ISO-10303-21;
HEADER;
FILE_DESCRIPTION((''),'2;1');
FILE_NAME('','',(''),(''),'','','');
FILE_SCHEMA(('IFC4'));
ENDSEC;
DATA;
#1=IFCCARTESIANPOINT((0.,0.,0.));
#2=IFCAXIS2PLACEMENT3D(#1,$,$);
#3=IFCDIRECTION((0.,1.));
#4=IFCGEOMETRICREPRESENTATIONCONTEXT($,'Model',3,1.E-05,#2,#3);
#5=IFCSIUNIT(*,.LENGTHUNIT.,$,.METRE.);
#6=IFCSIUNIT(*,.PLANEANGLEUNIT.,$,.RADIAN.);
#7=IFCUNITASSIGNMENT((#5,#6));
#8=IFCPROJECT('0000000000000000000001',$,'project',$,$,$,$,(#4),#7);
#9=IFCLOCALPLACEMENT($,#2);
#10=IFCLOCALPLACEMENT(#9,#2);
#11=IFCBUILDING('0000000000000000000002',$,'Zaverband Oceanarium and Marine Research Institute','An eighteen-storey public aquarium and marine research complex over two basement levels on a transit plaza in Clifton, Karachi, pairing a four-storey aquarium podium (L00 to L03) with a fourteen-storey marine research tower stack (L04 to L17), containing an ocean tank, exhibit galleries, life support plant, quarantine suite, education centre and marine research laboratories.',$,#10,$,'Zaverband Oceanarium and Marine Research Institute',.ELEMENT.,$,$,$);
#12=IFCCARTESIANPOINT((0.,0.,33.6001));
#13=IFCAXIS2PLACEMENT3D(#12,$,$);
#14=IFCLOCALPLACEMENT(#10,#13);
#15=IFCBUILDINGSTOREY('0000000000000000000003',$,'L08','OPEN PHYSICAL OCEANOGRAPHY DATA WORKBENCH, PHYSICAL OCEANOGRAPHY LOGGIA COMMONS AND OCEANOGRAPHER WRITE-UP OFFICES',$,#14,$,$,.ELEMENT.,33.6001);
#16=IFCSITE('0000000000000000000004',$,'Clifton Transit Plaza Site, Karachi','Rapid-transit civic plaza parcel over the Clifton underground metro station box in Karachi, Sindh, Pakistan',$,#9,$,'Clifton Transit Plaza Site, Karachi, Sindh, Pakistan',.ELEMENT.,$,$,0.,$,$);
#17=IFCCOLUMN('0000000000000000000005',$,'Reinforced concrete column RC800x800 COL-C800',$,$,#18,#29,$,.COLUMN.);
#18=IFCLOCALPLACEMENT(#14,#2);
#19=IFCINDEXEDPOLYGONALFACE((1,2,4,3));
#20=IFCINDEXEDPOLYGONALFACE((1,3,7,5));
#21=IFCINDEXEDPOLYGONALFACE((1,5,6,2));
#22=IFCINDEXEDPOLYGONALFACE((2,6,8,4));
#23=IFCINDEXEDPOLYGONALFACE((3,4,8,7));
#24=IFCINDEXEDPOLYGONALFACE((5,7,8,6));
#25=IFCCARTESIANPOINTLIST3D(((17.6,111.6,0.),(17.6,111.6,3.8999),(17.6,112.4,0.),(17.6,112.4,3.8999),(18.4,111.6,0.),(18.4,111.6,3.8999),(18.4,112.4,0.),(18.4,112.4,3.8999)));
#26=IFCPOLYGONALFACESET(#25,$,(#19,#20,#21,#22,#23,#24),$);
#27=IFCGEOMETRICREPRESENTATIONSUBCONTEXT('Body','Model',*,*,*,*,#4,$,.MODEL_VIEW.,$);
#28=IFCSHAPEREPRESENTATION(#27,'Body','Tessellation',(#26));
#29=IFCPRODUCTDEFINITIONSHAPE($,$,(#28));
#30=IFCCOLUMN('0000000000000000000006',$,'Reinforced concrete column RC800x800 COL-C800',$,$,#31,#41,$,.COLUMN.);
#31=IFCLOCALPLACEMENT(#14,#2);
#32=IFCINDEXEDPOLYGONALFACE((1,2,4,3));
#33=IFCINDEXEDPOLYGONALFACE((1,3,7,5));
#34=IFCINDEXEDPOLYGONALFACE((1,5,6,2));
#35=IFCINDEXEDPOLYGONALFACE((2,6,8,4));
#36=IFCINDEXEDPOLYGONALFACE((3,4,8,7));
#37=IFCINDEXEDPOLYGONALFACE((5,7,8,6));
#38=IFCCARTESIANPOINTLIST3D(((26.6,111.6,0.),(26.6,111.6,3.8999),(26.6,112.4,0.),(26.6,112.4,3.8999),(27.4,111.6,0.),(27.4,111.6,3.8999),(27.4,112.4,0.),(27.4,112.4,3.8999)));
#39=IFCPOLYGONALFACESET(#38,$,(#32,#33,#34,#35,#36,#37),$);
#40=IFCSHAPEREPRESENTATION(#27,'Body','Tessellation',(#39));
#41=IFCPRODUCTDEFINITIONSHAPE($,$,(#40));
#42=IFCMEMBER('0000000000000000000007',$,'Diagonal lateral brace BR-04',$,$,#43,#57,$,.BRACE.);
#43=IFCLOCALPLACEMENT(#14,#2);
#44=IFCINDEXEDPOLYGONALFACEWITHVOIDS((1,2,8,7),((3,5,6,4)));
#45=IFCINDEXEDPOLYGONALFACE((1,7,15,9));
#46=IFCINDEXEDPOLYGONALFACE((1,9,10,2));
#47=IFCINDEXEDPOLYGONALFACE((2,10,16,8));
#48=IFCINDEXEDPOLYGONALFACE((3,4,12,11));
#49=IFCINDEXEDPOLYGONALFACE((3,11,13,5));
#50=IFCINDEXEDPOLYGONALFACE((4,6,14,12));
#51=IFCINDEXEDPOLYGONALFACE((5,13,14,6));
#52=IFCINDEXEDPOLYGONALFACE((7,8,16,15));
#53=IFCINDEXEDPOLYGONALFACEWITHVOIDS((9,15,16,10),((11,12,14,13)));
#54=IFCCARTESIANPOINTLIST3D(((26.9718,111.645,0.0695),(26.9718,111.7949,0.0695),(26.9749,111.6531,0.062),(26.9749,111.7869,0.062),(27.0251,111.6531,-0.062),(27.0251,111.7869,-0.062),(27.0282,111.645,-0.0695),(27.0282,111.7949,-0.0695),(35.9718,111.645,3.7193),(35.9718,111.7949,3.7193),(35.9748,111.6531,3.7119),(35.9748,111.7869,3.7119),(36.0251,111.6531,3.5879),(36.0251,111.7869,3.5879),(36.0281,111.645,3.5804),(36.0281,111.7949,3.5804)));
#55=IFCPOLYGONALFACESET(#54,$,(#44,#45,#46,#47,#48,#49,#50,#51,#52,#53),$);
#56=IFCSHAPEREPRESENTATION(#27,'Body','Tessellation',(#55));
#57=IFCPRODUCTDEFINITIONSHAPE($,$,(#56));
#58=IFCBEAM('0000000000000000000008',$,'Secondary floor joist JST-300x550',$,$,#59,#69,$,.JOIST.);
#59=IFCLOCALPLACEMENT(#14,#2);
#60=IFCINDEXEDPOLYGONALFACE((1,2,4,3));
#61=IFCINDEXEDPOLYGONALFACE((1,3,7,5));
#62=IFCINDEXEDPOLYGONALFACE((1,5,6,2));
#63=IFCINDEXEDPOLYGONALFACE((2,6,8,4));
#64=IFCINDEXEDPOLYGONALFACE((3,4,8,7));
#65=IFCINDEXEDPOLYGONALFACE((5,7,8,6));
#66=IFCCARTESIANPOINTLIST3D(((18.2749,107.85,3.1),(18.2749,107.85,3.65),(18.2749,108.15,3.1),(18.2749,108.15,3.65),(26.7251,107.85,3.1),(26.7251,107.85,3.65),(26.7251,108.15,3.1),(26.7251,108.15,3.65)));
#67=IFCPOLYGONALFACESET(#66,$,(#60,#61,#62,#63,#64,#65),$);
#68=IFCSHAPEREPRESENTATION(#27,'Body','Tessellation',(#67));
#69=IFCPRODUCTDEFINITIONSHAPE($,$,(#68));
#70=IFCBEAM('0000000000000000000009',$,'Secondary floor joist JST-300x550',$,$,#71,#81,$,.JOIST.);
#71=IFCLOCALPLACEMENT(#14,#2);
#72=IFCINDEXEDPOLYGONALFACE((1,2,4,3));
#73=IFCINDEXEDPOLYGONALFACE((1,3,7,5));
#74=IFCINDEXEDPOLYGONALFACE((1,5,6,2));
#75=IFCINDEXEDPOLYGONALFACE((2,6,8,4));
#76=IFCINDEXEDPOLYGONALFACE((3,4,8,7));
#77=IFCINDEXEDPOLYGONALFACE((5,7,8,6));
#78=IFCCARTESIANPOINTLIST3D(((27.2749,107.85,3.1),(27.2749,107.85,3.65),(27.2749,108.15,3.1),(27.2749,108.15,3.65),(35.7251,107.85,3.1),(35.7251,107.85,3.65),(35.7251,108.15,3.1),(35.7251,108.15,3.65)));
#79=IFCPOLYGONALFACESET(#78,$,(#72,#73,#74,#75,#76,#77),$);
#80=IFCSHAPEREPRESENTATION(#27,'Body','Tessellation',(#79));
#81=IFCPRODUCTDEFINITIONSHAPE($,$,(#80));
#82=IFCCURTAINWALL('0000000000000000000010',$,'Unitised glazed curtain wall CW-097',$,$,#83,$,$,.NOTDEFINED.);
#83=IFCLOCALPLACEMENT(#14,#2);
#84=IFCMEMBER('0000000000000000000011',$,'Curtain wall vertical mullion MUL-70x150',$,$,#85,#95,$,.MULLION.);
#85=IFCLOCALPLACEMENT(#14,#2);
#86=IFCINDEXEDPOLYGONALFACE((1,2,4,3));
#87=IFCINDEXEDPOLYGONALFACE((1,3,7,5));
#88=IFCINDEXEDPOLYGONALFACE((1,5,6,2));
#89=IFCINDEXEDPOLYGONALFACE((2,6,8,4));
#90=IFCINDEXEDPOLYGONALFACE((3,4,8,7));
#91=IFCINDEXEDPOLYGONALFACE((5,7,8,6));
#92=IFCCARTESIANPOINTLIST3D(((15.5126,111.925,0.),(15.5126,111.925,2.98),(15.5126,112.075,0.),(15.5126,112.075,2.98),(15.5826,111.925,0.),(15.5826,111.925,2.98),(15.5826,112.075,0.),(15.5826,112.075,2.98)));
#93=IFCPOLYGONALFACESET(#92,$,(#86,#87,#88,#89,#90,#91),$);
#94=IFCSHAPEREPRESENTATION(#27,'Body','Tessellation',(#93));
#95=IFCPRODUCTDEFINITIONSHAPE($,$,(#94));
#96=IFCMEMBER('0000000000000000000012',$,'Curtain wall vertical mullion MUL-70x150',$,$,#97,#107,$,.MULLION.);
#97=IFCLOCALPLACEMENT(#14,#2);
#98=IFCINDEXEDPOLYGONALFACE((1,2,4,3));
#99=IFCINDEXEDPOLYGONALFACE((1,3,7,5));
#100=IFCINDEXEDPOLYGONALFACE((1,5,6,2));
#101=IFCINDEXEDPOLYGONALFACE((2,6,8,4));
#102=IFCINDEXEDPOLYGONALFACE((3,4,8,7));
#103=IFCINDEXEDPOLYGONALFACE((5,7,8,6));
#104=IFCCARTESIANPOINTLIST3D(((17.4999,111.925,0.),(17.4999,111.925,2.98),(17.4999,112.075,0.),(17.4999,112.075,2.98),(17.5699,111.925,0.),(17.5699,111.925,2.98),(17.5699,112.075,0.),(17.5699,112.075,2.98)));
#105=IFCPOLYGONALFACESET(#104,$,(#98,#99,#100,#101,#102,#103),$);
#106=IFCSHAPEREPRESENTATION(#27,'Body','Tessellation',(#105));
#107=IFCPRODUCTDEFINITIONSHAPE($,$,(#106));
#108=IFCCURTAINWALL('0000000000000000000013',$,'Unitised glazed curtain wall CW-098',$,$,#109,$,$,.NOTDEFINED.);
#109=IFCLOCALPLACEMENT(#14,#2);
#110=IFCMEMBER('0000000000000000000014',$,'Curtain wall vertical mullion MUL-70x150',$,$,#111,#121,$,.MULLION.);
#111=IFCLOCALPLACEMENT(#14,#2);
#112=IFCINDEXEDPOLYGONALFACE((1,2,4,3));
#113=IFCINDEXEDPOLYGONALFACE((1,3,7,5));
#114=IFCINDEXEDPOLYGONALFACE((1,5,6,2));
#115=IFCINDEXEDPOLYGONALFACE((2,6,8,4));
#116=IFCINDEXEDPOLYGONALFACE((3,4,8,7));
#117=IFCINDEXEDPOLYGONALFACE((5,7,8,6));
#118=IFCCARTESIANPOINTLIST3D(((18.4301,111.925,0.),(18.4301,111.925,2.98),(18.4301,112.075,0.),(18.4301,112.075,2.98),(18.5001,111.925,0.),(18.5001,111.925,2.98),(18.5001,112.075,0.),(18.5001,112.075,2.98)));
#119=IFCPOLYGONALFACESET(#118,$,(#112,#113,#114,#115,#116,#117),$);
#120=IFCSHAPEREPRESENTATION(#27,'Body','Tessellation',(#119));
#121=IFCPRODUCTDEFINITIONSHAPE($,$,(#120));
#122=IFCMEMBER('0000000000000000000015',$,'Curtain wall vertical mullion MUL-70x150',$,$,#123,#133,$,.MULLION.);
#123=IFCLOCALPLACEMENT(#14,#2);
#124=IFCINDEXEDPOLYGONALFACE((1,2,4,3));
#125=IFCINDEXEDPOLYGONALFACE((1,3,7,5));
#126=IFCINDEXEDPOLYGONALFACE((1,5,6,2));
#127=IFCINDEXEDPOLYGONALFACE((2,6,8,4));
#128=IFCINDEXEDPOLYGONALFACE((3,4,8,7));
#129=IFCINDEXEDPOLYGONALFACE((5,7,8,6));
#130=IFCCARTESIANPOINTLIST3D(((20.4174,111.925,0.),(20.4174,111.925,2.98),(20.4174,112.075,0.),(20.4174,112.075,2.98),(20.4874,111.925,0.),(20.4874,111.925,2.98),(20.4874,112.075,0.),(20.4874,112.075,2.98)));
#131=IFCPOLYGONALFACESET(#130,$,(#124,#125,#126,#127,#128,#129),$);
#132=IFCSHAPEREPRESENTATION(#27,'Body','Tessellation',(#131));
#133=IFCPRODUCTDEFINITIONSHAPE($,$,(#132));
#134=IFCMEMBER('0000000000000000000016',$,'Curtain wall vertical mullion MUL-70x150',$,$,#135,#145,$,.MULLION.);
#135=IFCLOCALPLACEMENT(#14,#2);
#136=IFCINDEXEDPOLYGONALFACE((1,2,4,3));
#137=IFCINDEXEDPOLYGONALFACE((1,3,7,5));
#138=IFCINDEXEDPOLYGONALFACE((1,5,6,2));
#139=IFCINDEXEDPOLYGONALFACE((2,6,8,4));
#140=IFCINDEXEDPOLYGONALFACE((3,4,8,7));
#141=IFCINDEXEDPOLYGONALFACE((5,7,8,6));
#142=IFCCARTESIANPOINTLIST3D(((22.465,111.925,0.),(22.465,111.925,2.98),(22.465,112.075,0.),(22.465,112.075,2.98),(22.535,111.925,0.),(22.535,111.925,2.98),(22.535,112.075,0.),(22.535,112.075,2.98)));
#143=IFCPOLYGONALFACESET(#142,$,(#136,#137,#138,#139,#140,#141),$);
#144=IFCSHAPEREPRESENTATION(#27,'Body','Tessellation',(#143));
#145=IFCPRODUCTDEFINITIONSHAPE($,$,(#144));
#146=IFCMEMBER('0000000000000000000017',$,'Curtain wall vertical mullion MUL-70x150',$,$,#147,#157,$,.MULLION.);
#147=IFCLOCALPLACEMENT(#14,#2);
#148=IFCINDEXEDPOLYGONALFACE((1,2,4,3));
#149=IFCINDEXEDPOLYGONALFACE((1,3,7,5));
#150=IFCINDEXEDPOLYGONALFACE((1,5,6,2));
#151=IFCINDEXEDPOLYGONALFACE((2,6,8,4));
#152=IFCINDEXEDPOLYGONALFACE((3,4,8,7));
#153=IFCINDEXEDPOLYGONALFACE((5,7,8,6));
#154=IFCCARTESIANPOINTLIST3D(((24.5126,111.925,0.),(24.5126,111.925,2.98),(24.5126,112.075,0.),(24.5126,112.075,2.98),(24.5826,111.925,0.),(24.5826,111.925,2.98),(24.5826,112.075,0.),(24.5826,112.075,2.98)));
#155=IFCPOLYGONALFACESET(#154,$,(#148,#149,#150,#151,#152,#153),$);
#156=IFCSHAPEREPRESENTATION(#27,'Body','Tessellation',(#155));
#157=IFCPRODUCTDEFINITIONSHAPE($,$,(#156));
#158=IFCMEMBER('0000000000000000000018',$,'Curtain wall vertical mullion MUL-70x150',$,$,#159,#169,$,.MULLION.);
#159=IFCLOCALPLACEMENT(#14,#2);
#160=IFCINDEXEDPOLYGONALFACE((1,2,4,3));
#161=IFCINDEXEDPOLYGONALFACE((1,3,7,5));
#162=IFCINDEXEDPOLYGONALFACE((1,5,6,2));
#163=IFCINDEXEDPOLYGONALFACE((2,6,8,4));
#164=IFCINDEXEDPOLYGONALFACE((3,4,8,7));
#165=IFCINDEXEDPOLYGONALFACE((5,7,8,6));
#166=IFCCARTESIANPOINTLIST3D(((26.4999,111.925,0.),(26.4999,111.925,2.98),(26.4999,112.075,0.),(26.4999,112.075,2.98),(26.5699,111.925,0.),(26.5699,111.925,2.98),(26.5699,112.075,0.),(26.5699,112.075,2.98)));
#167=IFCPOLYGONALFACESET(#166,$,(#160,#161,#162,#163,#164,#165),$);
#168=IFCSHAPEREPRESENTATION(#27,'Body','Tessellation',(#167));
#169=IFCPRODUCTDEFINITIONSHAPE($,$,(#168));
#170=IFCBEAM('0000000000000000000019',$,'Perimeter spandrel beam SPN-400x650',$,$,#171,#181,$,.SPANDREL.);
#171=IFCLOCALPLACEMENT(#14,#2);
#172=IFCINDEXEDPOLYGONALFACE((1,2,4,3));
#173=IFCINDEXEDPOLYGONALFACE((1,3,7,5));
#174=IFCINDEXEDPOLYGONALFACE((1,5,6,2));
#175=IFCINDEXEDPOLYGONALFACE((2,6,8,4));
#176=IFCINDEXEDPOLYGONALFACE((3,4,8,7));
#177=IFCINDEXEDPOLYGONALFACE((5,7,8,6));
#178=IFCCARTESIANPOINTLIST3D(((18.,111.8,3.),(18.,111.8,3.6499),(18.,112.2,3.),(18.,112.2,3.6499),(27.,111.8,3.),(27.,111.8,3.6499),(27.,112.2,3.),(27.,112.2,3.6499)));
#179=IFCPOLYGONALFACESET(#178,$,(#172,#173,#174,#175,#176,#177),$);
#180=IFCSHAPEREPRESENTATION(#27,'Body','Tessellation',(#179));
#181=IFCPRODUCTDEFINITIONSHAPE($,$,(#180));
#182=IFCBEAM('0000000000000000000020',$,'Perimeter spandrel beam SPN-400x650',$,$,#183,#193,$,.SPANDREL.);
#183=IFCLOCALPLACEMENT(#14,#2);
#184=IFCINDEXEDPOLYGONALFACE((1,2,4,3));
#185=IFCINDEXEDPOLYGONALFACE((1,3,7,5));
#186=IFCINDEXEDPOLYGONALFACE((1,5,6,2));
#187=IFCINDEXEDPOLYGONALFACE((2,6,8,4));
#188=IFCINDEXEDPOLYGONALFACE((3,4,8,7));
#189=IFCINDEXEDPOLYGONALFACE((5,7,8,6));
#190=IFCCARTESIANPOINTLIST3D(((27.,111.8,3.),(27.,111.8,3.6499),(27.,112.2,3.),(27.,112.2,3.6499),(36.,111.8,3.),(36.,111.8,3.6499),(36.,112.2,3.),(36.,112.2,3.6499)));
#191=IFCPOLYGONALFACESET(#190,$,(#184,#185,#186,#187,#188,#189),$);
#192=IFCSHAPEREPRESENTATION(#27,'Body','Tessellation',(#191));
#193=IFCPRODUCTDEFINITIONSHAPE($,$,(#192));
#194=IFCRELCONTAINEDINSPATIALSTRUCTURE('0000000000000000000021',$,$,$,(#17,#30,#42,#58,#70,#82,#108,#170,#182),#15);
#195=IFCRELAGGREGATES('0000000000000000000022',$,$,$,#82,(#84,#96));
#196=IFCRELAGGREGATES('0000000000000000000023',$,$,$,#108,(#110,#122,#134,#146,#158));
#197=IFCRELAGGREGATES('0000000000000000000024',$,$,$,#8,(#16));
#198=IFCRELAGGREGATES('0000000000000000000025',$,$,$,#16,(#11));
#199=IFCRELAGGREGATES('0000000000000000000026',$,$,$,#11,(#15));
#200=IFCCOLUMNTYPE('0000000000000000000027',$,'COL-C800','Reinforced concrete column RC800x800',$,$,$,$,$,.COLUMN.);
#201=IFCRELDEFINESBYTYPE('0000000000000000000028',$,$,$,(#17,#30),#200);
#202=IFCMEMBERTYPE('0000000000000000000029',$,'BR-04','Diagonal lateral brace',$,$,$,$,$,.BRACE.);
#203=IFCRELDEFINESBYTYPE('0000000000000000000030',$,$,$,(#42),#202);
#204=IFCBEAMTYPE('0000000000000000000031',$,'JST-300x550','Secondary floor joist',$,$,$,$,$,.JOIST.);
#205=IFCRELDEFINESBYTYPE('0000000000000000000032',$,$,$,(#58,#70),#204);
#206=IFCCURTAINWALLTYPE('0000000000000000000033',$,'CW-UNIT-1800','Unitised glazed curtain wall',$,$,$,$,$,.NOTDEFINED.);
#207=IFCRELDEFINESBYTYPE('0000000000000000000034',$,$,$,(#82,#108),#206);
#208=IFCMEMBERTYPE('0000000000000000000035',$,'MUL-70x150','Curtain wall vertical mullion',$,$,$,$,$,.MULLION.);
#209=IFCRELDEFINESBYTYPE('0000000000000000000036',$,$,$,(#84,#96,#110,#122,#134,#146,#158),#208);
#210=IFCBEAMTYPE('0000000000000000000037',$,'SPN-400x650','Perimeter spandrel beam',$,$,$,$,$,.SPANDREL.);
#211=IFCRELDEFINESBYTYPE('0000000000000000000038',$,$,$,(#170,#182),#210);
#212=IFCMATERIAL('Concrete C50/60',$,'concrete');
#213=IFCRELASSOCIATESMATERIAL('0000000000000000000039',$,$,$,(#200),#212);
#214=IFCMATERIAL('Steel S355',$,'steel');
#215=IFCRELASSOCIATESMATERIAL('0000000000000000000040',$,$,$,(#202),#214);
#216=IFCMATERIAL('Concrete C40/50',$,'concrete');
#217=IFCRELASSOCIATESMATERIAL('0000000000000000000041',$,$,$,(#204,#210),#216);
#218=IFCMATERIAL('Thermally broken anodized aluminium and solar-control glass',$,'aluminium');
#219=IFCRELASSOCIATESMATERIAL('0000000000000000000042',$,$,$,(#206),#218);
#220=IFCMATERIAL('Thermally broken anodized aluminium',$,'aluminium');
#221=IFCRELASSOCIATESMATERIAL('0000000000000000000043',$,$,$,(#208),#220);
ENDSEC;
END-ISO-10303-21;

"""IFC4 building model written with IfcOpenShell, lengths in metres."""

from ifc_helpers import new_model, si_unit, direction, frame, origin, origin_2d, place, context, subcontext, project, spatial, rectangle, hollow_rectangle, extrude, material, material_profile, profile_set, type_object, element, aggregate, save


model = new_model("IFC4")

# Units and contexts
model_context = context("Model", 3, precision=1e-05, world=origin(), true_north=direction((0.0, 1.0)))
body_context = subcontext(model_context, "Body", "Model", "MODEL_VIEW")
ifc_project = project(units=[si_unit("LENGTHUNIT", "METRE"), si_unit("PLANEANGLEUNIT", "RADIAN")], contexts=[model_context])

# Site, building, storey
site_placement = place(None, origin())
site = spatial("IfcSite", under=ifc_project, at=site_placement, Name="Clifton Transit Plaza Site, Karachi", Description="Rapid-transit civic plaza parcel over the Clifton underground metro station box in Karachi, Sindh, Pakistan", LongName="Clifton Transit Plaza Site, Karachi, Sindh, Pakistan", CompositionType="ELEMENT", RefElevation=0.0)
building_placement = place(site_placement, origin())
building = spatial("IfcBuilding", under=site, at=building_placement, Name="Zaverband Oceanarium and Marine Research Institute", Description="An eighteen-storey public aquarium and marine research complex over two basement levels on a transit plaza in Clifton, Karachi, pairing a four-storey aquarium podium (L00 to L03) with a fourteen-storey marine research tower stack (L04 to L17), containing an ocean tank, exhibit galleries, life support plant, quarantine suite, education centre and marine research laboratories.", LongName="Zaverband Oceanarium and Marine Research Institute", CompositionType="ELEMENT")
storey_placement = place(building_placement, frame((0.0, 0.0, 33.6001)))
storey = spatial("IfcBuildingStorey", under=building, at=storey_placement, Name="L08", Description="OPEN PHYSICAL OCEANOGRAPHY DATA WORKBENCH, PHYSICAL OCEANOGRAPHY LOGGIA COMMONS AND OCEANOGRAPHER WRITE-UP OFFICES", CompositionType="ELEMENT", Elevation=33.6001)

# Columns
ifc_material_1 = material(Name="Concrete C50/60", Category="concrete")
ifc_material_profile_1 = material_profile(ifc_material_1, rectangle(XDim=0.8, YDim=0.8, at=origin_2d()), Name="RC800x800")
ifc_profile_set_1 = profile_set([ifc_material_profile_1], Name="Concrete C50/60")
column_type = type_object("IfcColumnType", Name="COL-C800", Description="Reinforced concrete column RC800x800", PredefinedType="COLUMN", material=ifc_profile_set_1)
for number, where, z_axis, x_axis, name in (
    (1, (18.0, 112.0, 0.0), (0.0, 0.0, 1.0), (1.0, 0.0, 0.0), "Reinforced concrete column RC800x800 COL-C800"),
    (2, (27.0, 112.0, 0.0), (0.0, 0.0, 1.0), (1.0, 0.0, 0.0), "Reinforced concrete column RC800x800 COL-C800"),
):
    element("IfcColumn", number, at=place(storey_placement, frame(where, z_axis=z_axis, x_axis=x_axis)), inside=storey, type_object=column_type, Name=name, PredefinedType="COLUMN", context=body_context, shape_type="SweptSolid", body=[
        extrude(rectangle(XDim=0.8, YDim=0.8, at=origin_2d()), origin(), (0.0, 0.0, 1.0), 3.8999),
    ])

# Member
ifc_material_2 = material(Name="Steel S355", Category="steel")
ifc_material_profile_2 = material_profile(ifc_material_2, hollow_rectangle(XDim=0.1499, YDim=0.1499, WallThickness=0.0081, at=origin_2d()), Name="SHS150x150x8")
ifc_profile_set_2 = profile_set([ifc_material_profile_2], Name="Steel S355")
member_type_1 = type_object("IfcMemberType", Name="BR-04", Description="Diagonal lateral brace", PredefinedType="BRACE", material=ifc_profile_set_2)
member_1_placement = place(storey_placement, frame((27.0, 111.72, 0.0), z_axis=(0.926694, 0.0, 0.375816), x_axis=(0.0, 1.0, 0.0)))
element("IfcMember", 3, at=member_1_placement, inside=storey, type_object=member_type_1, Name="Diagonal lateral brace BR-04", PredefinedType="BRACE", context=body_context, shape_type="SweptSolid", body=[
    extrude(hollow_rectangle(XDim=0.1499, YDim=0.1499, WallThickness=0.0081, at=origin_2d()), origin(), (0.0, 0.0, 1.0), 9.7119),
])

# Beams
ifc_material_3 = material(Name="Concrete C40/50", Category="concrete")
ifc_material_profile_3 = material_profile(ifc_material_3, rectangle(XDim=0.3, YDim=0.55, at=origin_2d()), Name="RC300x550")
ifc_profile_set_3 = profile_set([ifc_material_profile_3], Name="Concrete C40/50")
beam_type_1 = type_object("IfcBeamType", Name="JST-300x550", Description="Secondary floor joist", PredefinedType="JOIST", material=ifc_profile_set_3)
for number, where, z_axis, x_axis, name in (
    (4, (18.2749, 108.0, 3.375), (1.0, 0.0, 0.0), (0.0, 1.0, 0.0), "Secondary floor joist JST-300x550"),
    (5, (27.2749, 108.0, 3.375), (1.0, 0.0, 0.0), (0.0, 1.0, 0.0), "Secondary floor joist JST-300x550"),
):
    element("IfcBeam", number, at=place(storey_placement, frame(where, z_axis=z_axis, x_axis=x_axis)), inside=storey, type_object=beam_type_1, Name=name, PredefinedType="JOIST", context=body_context, shape_type="SweptSolid", body=[
        extrude(rectangle(XDim=0.3, YDim=0.55, at=origin_2d()), origin(), (0.0, 0.0, 1.0), 8.4502),
    ])

# Curtain walls, members
ifc_material_4 = material(Name="Thermally broken anodized aluminium and solar-control glass", Category="aluminium")
curtain_wall_type = type_object("IfcCurtainWallType", Name="CW-UNIT-1800", Description="Unitised glazed curtain wall", PredefinedType="NOTDEFINED", material=ifc_material_4)
curtain_wall_1_placement = place(storey_placement, origin())
curtain_wall_1 = element("IfcCurtainWall", 6, at=curtain_wall_1_placement, inside=storey, type_object=curtain_wall_type, Name="Unitised glazed curtain wall CW-097", PredefinedType="NOTDEFINED")
ifc_material_5 = material(Name="Thermally broken anodized aluminium", Category="aluminium")
ifc_material_profile_4 = material_profile(ifc_material_5, rectangle(XDim=0.0701, YDim=0.1499, at=origin_2d()), Name="AL-MUL-70x150")
ifc_profile_set_4 = profile_set([ifc_material_profile_4], Name="Thermally broken anodized aluminium")
member_type_2 = type_object("IfcMemberType", Name="MUL-70x150", Description="Curtain wall vertical mullion", PredefinedType="MULLION", material=ifc_profile_set_4)
member_2_placement = place(storey_placement, frame((15.5476, 112.0, 0.0), z_axis=(0.0, 0.0, 1.0), x_axis=(1.0, 0.0, 0.0)))
member_2 = element("IfcMember", 7, at=member_2_placement, type_object=member_type_2, Name="Curtain wall vertical mullion MUL-70x150", PredefinedType="MULLION", context=body_context, shape_type="SweptSolid", body=[
    extrude(rectangle(XDim=0.0701, YDim=0.1499, at=origin_2d()), origin(), (0.0, 0.0, 1.0), 2.98),
])
member_3_placement = place(storey_placement, frame((17.5349, 112.0, 0.0), z_axis=(0.0, 0.0, 1.0), x_axis=(1.0, 0.0, 0.0)))
member_3 = element("IfcMember", 8, at=member_3_placement, type_object=member_type_2, Name="Curtain wall vertical mullion MUL-70x150", PredefinedType="MULLION", context=body_context, shape_type="SweptSolid", body=[
    extrude(rectangle(XDim=0.0701, YDim=0.1499, at=origin_2d()), origin(), (0.0, 0.0, 1.0), 2.98),
])
curtain_wall_2_placement = place(storey_placement, origin())
curtain_wall_2 = element("IfcCurtainWall", 9, at=curtain_wall_2_placement, inside=storey, type_object=curtain_wall_type, Name="Unitised glazed curtain wall CW-098", PredefinedType="NOTDEFINED")
member_4_placement = place(storey_placement, frame((18.4651, 112.0, 0.0), z_axis=(0.0, 0.0, 1.0), x_axis=(1.0, 0.0, 0.0)))
member_4 = element("IfcMember", 10, at=member_4_placement, type_object=member_type_2, Name="Curtain wall vertical mullion MUL-70x150", PredefinedType="MULLION", context=body_context, shape_type="SweptSolid", body=[
    extrude(rectangle(XDim=0.0701, YDim=0.1499, at=origin_2d()), origin(), (0.0, 0.0, 1.0), 2.98),
])
member_5_placement = place(storey_placement, frame((20.4524, 112.0, 0.0), z_axis=(0.0, 0.0, 1.0), x_axis=(1.0, 0.0, 0.0)))
member_5 = element("IfcMember", 11, at=member_5_placement, type_object=member_type_2, Name="Curtain wall vertical mullion MUL-70x150", PredefinedType="MULLION", context=body_context, shape_type="SweptSolid", body=[
    extrude(rectangle(XDim=0.0701, YDim=0.1499, at=origin_2d()), origin(), (0.0, 0.0, 1.0), 2.98),
])
member_6_placement = place(storey_placement, frame((22.5, 112.0, 0.0), z_axis=(0.0, 0.0, 1.0), x_axis=(1.0, 0.0, 0.0)))
member_6 = element("IfcMember", 12, at=member_6_placement, type_object=member_type_2, Name="Curtain wall vertical mullion MUL-70x150", PredefinedType="MULLION", context=body_context, shape_type="SweptSolid", body=[
    extrude(rectangle(XDim=0.0701, YDim=0.1499, at=origin_2d()), origin(), (0.0, 0.0, 1.0), 2.98),
])
member_7_placement = place(storey_placement, frame((24.5476, 112.0, 0.0), z_axis=(0.0, 0.0, 1.0), x_axis=(1.0, 0.0, 0.0)))
member_7 = element("IfcMember", 13, at=member_7_placement, type_object=member_type_2, Name="Curtain wall vertical mullion MUL-70x150", PredefinedType="MULLION", context=body_context, shape_type="SweptSolid", body=[
    extrude(rectangle(XDim=0.0701, YDim=0.1499, at=origin_2d()), origin(), (0.0, 0.0, 1.0), 2.98),
])
member_8_placement = place(storey_placement, frame((26.5349, 112.0, 0.0), z_axis=(0.0, 0.0, 1.0), x_axis=(1.0, 0.0, 0.0)))
member_8 = element("IfcMember", 14, at=member_8_placement, type_object=member_type_2, Name="Curtain wall vertical mullion MUL-70x150", PredefinedType="MULLION", context=body_context, shape_type="SweptSolid", body=[
    extrude(rectangle(XDim=0.0701, YDim=0.1499, at=origin_2d()), origin(), (0.0, 0.0, 1.0), 2.98),
])

# Beams
ifc_material_profile_5 = material_profile(ifc_material_3, rectangle(XDim=0.3999, YDim=0.6499, at=origin_2d()), Name="RC400x650")
ifc_profile_set_5 = profile_set([ifc_material_profile_5], Name="Concrete C40/50")
beam_type_2 = type_object("IfcBeamType", Name="SPN-400x650", Description="Perimeter spandrel beam", PredefinedType="SPANDREL", material=ifc_profile_set_5)
for number, where, z_axis, x_axis, name in (
    (15, (18.0, 112.0, 3.325), (1.0, 0.0, 0.0), (0.0, 1.0, 0.0), "Perimeter spandrel beam SPN-400x650"),
    (16, (27.0, 112.0, 3.325), (1.0, 0.0, 0.0), (0.0, 1.0, 0.0), "Perimeter spandrel beam SPN-400x650"),
):
    element("IfcBeam", number, at=place(storey_placement, frame(where, z_axis=z_axis, x_axis=x_axis)), inside=storey, type_object=beam_type_2, Name=name, PredefinedType="SPANDREL", context=body_context, shape_type="SweptSolid", body=[
        extrude(rectangle(XDim=0.3999, YDim=0.6499, at=origin_2d()), origin(), (0.0, 0.0, 1.0), 9.0),
    ])

aggregate(curtain_wall_1, [member_2, member_3])
aggregate(curtain_wall_2, [member_4, member_5, member_6, member_7, member_8])

save(model, "model.ifc")
